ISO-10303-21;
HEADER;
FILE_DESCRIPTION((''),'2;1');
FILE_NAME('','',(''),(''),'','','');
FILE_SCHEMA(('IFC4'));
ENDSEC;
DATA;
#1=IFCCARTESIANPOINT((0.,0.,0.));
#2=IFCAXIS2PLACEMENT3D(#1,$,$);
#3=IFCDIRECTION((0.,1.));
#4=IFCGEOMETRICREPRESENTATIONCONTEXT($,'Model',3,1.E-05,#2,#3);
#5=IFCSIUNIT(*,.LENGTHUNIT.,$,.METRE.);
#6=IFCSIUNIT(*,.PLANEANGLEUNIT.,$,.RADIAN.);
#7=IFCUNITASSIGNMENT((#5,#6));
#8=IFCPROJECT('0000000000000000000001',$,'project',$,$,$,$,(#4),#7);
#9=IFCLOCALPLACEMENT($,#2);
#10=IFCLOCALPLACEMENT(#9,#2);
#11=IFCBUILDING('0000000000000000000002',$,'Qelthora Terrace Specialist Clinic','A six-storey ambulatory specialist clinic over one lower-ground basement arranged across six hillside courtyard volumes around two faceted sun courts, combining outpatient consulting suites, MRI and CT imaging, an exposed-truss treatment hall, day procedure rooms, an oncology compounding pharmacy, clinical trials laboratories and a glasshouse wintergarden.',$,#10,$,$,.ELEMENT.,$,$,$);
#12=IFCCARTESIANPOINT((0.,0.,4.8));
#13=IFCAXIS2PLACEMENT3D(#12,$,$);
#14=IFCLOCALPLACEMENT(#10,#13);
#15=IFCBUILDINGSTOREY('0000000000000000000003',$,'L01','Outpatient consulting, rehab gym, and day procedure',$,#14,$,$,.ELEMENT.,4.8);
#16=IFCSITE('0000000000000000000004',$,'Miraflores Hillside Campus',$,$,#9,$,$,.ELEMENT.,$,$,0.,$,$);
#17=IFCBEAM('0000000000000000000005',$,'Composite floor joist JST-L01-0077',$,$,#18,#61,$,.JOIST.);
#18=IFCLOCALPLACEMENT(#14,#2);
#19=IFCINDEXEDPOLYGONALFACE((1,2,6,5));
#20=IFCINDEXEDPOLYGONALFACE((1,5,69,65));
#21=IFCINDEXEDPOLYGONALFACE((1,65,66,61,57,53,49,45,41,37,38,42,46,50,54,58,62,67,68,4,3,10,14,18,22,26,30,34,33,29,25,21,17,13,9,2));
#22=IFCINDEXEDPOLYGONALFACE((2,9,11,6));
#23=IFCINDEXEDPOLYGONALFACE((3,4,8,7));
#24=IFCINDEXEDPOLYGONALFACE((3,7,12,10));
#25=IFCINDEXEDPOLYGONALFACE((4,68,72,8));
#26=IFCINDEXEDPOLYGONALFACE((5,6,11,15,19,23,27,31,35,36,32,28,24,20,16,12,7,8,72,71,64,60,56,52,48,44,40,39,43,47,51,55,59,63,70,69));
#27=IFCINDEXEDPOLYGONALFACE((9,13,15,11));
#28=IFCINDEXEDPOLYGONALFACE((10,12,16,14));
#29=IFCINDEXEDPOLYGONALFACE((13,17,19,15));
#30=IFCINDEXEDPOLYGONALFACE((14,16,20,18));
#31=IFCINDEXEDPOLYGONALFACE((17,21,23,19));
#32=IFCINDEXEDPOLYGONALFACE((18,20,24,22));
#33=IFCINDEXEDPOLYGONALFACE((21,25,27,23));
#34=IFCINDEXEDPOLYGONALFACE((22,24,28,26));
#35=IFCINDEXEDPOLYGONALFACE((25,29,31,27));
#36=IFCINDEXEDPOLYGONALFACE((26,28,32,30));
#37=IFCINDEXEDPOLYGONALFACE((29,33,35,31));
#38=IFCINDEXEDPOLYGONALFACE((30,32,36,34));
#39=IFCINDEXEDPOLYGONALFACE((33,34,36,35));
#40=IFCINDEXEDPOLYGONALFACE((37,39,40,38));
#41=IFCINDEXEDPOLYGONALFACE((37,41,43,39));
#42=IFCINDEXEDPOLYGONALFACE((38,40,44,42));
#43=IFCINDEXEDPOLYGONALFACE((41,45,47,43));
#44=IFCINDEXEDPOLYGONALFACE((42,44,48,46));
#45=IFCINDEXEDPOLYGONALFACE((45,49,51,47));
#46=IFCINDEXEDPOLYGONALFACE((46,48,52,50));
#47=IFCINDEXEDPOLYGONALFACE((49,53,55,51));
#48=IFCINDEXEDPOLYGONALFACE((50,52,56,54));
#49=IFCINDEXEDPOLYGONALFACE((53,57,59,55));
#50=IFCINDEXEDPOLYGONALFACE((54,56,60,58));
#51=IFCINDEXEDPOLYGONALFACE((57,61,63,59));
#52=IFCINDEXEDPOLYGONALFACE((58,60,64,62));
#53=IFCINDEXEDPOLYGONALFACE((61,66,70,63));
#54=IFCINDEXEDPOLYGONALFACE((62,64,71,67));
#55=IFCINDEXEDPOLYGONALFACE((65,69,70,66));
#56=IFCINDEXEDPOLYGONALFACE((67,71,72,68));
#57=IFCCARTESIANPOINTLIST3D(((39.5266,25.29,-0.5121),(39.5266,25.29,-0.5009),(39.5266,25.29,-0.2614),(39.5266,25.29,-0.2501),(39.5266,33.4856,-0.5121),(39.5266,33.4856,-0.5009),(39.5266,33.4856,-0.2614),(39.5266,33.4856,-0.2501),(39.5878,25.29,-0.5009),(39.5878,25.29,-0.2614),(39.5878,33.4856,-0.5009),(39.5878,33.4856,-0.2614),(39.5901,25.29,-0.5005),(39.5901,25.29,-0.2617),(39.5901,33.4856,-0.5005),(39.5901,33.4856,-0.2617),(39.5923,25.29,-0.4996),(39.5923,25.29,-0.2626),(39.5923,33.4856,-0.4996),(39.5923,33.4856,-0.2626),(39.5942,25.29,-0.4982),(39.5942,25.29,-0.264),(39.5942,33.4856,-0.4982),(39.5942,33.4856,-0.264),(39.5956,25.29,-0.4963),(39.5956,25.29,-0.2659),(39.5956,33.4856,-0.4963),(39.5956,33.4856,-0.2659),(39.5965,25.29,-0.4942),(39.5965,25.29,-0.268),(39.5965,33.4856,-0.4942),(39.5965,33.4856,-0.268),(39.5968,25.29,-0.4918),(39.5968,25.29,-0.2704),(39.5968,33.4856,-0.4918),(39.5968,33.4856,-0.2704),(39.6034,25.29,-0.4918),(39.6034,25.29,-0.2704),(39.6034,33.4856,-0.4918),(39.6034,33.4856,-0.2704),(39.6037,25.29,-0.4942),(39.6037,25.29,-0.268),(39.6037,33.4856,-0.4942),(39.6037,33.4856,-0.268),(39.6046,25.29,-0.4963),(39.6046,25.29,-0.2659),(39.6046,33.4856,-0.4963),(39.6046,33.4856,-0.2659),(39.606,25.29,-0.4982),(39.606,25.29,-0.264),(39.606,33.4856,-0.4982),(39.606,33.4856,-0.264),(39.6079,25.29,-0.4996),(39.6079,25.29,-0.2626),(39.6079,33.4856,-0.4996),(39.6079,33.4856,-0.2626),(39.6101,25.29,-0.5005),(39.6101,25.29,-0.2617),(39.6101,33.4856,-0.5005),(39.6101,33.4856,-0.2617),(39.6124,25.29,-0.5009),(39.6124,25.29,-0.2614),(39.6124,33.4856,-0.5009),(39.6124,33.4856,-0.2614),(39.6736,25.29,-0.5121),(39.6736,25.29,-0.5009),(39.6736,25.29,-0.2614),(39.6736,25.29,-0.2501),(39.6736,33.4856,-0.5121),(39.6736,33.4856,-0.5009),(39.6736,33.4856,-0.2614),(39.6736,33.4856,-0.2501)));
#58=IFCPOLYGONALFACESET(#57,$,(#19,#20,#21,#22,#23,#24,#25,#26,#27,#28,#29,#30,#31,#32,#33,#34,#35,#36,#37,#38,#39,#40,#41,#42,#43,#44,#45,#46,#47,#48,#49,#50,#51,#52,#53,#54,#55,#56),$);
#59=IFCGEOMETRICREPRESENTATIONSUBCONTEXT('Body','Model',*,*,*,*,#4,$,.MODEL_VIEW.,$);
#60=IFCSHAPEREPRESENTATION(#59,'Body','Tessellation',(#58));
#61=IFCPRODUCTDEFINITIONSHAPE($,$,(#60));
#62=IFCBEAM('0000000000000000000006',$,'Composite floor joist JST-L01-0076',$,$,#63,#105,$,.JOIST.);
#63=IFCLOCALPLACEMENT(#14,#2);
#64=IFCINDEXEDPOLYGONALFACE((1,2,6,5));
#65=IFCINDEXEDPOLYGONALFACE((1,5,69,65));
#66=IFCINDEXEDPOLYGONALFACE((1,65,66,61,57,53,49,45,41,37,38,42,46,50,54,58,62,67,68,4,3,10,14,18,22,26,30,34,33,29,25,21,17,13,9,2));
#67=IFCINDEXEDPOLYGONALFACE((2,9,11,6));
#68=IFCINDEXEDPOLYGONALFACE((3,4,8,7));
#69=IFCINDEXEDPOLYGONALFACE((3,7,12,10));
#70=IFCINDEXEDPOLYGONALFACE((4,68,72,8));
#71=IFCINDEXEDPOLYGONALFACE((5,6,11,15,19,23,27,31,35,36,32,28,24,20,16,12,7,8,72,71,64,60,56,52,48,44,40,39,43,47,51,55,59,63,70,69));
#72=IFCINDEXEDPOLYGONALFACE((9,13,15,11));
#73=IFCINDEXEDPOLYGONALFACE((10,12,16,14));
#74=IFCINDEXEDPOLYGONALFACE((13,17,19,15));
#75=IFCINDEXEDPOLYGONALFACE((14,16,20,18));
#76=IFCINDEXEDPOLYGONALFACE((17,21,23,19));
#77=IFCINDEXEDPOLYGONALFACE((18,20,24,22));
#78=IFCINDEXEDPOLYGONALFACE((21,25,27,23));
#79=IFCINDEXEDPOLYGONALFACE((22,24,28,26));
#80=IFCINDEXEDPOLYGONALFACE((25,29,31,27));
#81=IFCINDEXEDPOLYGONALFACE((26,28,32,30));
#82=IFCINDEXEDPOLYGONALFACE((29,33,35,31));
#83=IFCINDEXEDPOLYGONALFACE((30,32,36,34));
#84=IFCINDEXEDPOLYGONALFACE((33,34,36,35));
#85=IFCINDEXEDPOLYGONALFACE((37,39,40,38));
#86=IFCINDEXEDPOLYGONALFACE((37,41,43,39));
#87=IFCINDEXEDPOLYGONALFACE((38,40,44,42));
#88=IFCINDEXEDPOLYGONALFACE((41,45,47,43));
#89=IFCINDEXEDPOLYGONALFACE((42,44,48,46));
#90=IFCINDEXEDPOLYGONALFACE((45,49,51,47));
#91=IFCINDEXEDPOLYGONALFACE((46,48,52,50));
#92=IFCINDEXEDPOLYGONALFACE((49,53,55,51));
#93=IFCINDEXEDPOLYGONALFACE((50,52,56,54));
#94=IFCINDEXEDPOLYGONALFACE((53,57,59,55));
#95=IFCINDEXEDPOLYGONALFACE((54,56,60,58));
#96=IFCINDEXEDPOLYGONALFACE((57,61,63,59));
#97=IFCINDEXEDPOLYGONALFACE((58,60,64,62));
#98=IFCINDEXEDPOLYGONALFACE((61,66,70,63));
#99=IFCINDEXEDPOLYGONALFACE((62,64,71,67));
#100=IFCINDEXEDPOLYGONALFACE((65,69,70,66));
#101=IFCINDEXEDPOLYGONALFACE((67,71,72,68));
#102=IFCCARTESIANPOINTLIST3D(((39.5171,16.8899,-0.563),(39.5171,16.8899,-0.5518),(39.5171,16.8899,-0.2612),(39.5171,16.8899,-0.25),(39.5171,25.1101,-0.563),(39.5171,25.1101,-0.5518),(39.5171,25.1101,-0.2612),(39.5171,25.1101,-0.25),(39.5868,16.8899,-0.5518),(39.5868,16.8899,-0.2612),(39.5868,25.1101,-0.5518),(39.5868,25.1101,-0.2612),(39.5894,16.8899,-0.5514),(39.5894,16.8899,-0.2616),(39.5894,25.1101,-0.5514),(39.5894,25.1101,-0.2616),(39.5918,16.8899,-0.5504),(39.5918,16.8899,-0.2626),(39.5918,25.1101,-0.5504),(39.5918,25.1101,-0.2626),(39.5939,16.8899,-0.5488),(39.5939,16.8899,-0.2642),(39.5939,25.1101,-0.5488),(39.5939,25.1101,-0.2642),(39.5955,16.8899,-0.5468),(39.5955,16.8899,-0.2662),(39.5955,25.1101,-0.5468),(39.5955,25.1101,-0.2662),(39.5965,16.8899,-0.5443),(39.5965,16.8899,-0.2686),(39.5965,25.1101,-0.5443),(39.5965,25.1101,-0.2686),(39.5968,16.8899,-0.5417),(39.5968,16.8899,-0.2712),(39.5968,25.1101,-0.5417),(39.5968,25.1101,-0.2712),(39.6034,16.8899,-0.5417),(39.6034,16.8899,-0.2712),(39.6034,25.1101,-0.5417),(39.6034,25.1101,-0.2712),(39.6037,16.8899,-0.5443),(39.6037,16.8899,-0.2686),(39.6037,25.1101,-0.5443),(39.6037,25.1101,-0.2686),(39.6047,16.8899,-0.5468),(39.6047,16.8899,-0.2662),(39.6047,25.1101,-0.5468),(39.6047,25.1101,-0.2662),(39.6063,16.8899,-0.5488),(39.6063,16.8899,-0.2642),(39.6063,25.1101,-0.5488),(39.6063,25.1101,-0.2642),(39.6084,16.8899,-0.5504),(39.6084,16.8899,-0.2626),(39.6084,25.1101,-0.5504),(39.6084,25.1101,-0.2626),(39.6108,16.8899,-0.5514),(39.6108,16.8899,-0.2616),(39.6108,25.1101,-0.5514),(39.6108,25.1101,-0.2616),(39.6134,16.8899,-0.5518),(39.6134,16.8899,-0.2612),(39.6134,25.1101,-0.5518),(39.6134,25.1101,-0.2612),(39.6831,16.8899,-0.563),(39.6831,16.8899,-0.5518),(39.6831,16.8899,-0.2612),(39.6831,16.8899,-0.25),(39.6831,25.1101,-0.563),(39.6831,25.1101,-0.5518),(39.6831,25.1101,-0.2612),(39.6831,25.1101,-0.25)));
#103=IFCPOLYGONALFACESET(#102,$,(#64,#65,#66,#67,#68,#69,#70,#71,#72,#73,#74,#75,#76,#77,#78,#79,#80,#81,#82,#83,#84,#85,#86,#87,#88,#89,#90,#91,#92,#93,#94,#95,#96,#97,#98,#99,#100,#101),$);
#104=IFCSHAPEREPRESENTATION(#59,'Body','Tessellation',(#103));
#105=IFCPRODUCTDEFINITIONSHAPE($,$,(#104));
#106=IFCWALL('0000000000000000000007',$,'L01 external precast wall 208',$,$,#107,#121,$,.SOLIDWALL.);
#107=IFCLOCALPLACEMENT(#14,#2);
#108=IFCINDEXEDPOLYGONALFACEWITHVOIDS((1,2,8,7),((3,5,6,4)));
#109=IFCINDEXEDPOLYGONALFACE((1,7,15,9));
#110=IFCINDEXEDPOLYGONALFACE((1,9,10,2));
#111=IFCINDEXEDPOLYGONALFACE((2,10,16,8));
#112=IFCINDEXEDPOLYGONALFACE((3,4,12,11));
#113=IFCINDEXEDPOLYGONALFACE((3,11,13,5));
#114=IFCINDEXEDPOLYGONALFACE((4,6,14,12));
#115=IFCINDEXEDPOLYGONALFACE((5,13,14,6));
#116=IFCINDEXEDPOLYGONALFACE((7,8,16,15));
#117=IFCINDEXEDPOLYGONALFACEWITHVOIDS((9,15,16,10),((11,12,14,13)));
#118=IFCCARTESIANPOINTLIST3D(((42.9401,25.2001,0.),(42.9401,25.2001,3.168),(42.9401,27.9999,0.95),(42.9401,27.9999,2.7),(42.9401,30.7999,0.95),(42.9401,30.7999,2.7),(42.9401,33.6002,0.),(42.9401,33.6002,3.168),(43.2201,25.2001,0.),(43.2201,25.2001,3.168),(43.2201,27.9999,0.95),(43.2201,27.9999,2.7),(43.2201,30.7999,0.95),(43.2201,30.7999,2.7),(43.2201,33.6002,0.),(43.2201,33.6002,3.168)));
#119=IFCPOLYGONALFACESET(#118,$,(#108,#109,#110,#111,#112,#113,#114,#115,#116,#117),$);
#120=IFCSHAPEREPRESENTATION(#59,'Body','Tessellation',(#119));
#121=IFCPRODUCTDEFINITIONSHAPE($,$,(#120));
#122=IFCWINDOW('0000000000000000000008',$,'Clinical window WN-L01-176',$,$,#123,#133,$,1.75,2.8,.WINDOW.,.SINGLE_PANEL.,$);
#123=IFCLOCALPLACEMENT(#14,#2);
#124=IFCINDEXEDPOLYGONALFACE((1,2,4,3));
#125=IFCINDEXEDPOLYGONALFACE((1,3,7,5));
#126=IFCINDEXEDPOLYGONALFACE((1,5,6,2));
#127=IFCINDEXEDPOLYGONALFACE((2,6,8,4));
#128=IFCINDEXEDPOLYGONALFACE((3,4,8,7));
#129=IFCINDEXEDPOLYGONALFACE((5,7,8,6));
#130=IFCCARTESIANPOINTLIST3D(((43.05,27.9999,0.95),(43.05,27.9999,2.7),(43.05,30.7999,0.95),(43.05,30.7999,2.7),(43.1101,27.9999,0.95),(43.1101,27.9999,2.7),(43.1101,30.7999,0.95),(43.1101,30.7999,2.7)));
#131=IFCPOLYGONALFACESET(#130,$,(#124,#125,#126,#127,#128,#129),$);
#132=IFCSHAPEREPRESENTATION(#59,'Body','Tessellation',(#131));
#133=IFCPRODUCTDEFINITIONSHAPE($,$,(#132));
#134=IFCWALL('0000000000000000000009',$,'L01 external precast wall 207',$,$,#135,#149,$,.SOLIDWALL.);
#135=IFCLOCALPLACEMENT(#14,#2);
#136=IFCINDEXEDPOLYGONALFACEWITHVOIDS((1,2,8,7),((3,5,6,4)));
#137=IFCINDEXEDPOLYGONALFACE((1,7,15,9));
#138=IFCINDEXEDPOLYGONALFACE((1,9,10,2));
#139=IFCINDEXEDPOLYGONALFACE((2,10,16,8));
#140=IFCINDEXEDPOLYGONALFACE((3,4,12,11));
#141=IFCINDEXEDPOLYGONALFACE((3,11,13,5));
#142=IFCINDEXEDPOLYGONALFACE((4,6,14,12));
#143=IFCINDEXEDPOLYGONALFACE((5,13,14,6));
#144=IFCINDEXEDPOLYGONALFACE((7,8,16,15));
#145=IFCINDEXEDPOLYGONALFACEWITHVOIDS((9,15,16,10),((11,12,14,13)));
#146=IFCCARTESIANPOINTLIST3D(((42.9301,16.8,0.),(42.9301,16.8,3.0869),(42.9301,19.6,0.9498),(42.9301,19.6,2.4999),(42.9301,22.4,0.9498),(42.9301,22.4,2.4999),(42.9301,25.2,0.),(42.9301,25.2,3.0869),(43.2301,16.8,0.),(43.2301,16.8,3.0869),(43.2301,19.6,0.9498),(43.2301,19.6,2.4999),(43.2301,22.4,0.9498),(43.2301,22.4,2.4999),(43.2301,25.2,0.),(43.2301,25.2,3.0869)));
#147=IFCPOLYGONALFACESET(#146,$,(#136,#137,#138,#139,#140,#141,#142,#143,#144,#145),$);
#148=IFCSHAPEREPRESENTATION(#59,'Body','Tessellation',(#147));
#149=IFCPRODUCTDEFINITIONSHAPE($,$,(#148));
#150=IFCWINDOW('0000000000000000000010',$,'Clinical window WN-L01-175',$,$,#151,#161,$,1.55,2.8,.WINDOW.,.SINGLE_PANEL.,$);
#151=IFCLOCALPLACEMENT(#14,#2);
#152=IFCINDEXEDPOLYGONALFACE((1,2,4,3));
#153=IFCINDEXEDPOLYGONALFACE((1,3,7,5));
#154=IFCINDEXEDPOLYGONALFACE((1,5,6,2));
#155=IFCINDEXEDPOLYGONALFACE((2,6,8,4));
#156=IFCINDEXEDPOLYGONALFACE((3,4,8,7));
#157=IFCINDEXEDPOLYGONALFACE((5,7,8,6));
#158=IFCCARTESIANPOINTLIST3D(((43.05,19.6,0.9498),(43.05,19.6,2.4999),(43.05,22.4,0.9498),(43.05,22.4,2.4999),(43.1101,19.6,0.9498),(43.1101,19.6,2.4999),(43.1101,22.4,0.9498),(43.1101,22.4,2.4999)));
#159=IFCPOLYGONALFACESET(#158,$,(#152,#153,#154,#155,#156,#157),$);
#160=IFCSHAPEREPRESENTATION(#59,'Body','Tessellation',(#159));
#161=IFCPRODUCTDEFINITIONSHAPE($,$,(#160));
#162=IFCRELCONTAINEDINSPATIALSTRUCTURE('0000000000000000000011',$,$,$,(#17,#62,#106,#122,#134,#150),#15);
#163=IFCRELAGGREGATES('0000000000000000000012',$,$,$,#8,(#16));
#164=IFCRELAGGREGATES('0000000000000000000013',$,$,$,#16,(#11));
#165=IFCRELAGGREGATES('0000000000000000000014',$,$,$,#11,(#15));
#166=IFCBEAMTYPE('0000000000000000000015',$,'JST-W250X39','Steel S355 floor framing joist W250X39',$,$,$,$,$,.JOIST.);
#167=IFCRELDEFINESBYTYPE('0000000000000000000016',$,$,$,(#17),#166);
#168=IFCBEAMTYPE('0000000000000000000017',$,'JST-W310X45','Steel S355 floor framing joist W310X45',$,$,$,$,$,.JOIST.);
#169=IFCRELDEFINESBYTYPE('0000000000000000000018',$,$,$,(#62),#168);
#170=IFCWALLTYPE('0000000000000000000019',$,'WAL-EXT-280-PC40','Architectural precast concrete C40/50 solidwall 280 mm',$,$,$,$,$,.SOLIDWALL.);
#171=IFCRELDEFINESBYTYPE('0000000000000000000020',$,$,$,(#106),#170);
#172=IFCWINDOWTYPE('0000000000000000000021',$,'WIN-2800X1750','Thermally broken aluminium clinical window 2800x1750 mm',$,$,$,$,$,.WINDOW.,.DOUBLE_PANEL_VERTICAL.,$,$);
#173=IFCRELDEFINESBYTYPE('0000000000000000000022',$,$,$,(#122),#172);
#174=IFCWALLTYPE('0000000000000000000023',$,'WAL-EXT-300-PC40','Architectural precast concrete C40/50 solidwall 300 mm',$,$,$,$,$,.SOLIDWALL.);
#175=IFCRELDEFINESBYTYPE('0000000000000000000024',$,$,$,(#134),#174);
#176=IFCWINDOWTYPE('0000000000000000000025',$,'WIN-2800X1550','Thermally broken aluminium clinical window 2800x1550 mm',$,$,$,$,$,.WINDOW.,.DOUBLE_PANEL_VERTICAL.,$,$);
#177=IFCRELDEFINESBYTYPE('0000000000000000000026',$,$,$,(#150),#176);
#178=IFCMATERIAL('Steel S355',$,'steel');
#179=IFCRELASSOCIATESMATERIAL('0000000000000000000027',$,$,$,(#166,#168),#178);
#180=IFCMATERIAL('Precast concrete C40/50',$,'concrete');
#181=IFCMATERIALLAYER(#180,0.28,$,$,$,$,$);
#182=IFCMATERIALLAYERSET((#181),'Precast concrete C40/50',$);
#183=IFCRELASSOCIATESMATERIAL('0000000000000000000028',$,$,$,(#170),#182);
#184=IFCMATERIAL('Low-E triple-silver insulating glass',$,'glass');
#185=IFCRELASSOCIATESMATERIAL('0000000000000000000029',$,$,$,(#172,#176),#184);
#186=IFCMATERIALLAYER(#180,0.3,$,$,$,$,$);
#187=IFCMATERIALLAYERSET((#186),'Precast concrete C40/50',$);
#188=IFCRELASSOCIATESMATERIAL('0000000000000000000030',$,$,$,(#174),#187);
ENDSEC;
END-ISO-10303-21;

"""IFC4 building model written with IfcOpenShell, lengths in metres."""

from ifc_helpers import new_model, si_unit, direction, frame, frame_2d, origin, origin_2d, place, context, subcontext, project, spatial, rectangle, i_section, extrude, material, layer, layer_set, material_profile, profile_set, type_object, element, fill, save


model = new_model("IFC4")

# Units and contexts
model_context = context("Model", 3, precision=1e-05, world=origin(), true_north=direction((0.0, 1.0)))
body_context = subcontext(model_context, "Body", "Model", "MODEL_VIEW")
ifc_project = project(units=[si_unit("LENGTHUNIT", "METRE"), si_unit("PLANEANGLEUNIT", "RADIAN")], contexts=[model_context])

# Site, building, storey
site_placement = place(None, origin())
site = spatial("IfcSite", under=ifc_project, at=site_placement, Name="Miraflores Hillside Campus", CompositionType="ELEMENT", RefElevation=0.0)
building_placement = place(site_placement, origin())
building = spatial("IfcBuilding", under=site, at=building_placement, Name="Qelthora Terrace Specialist Clinic", Description="A six-storey ambulatory specialist clinic over one lower-ground basement arranged across six hillside courtyard volumes around two faceted sun courts, combining outpatient consulting suites, MRI and CT imaging, an exposed-truss treatment hall, day procedure rooms, an oncology compounding pharmacy, clinical trials laboratories and a glasshouse wintergarden.", CompositionType="ELEMENT")
storey_placement = place(building_placement, frame((0.0, 0.0, 4.8)))
storey = spatial("IfcBuildingStorey", under=building, at=storey_placement, Name="L01", Description="Outpatient consulting, rehab gym, and day procedure", CompositionType="ELEMENT", Elevation=4.8)

# Shared definitions
ifc_material_1 = material(Name="Steel S355", Category="steel")

# Beams
ifc_material_profile_1 = material_profile(ifc_material_1, i_section(OverallWidth=0.147, OverallDepth=0.262, WebThickness=0.0066, FlangeThickness=0.0112, FilletRadius=0.009, at=origin_2d()), Name="W250X39")
ifc_profile_set_1 = profile_set([ifc_material_profile_1], Name="Steel S355")
beam_type_1 = type_object("IfcBeamType", Name="JST-W250X39", Description="Steel S355 floor framing joist W250X39", PredefinedType="JOIST", material=ifc_profile_set_1)
beam_1_placement = place(storey_placement, frame((39.6001, 25.29, -0.3811), z_axis=(0.0, 1.0, 0.0), x_axis=(-1.0, 0.0, 0.0)))
element("IfcBeam", 1, at=beam_1_placement, inside=storey, type_object=beam_type_1, Name="Composite floor joist JST-L01-0077", PredefinedType="JOIST", context=body_context, shape_type="SweptSolid", body=[
    extrude(i_section(OverallWidth=0.147, OverallDepth=0.262, WebThickness=0.0066, FlangeThickness=0.0112, FilletRadius=0.009, at=origin_2d()), origin(), (0.0, 0.0, 1.0), 8.1956),
])
ifc_material_profile_2 = material_profile(ifc_material_1, i_section(OverallWidth=0.166, OverallDepth=0.313, WebThickness=0.0066, FlangeThickness=0.0112, FilletRadius=0.01, at=origin_2d()), Name="W310X45")
ifc_profile_set_2 = profile_set([ifc_material_profile_2], Name="Steel S355")
beam_type_2 = type_object("IfcBeamType", Name="JST-W310X45", Description="Steel S355 floor framing joist W310X45", PredefinedType="JOIST", material=ifc_profile_set_2)
beam_2_placement = place(storey_placement, frame((39.6001, 16.8899, -0.4065), z_axis=(0.0, 1.0, 0.0), x_axis=(-1.0, 0.0, 0.0)))
element("IfcBeam", 2, at=beam_2_placement, inside=storey, type_object=beam_type_2, Name="Composite floor joist JST-L01-0076", PredefinedType="JOIST", context=body_context, shape_type="SweptSolid", body=[
    extrude(i_section(OverallWidth=0.166, OverallDepth=0.313, WebThickness=0.0066, FlangeThickness=0.0112, FilletRadius=0.01, at=origin_2d()), origin(), (0.0, 0.0, 1.0), 8.2202),
])

# Walls, openings, windows
ifc_material_2 = material(Name="Precast concrete C40/50", Category="concrete")
ifc_layer_1 = layer(ifc_material_2, 0.28)
ifc_layer_set_1 = layer_set([ifc_layer_1], Name="Precast concrete C40/50")
wall_type_1 = type_object("IfcWallType", Name="WAL-EXT-280-PC40", Description="Architectural precast concrete C40/50 solidwall 280 mm", PredefinedType="SOLIDWALL", material=ifc_layer_set_1)
wall_1_placement = place(storey_placement, frame((43.0801, 25.2, 0.0), z_axis=(0.0, 0.0, 1.0), x_axis=(0.0, 1.0, 0.0)))
wall_1 = element("IfcWall", 3, at=wall_1_placement, inside=storey, type_object=wall_type_1, Name="L01 external precast wall 208", PredefinedType="SOLIDWALL", context=body_context, shape_type="SweptSolid", body=[
    extrude(rectangle(XDim=8.4001, YDim=0.28, at=frame_2d((4.2002, 0.0))), origin(), (0.0, 0.0, 1.0), 3.168),
])
opening_1_placement = place(wall_1_placement, frame((2.8, 0.0, 0.95)))
opening_1 = element("IfcOpeningElement", 4, at=opening_1_placement, cuts=wall_1, PredefinedType="OPENING", context=body_context, shape_type="SweptSolid", body=[
    extrude(rectangle(XDim=2.8, YDim=1.75, at=frame_2d((1.3999, 0.875))), frame((0.0, 0.1499, 0.0), z_axis=(0.0, -1.0, 0.0), x_axis=(1.0, 0.0, 0.0)), (0.0, 0.0, 1.0), 0.3),
])
ifc_material_3 = material(Name="Low-E triple-silver insulating glass", Category="glass")
window_type_1 = type_object("IfcWindowType", Name="WIN-2800X1750", Description="Thermally broken aluminium clinical window 2800x1750 mm", PartitioningType="DOUBLE_PANEL_VERTICAL", PredefinedType="WINDOW", material=ifc_material_3)
window_1_placement = place(opening_1_placement, origin())
window_1 = element("IfcWindow", 5, at=window_1_placement, inside=storey, type_object=window_type_1, Name="Clinical window WN-L01-176", OverallHeight=1.75, OverallWidth=2.8, PartitioningType="SINGLE_PANEL", PredefinedType="WINDOW", context=body_context, shape_type="SweptSolid", body=[
    extrude(rectangle(XDim=2.8, YDim=1.75, at=frame_2d((1.3999, 0.875))), frame((0.0, 0.03, 0.0), z_axis=(0.0, -1.0, 0.0), x_axis=(1.0, 0.0, 0.0)), (0.0, 0.0, 1.0), 0.0601),
])
fill(opening_1, window_1)
ifc_layer_2 = layer(ifc_material_2, 0.3)
ifc_layer_set_2 = layer_set([ifc_layer_2], Name="Precast concrete C40/50")
wall_type_2 = type_object("IfcWallType", Name="WAL-EXT-300-PC40", Description="Architectural precast concrete C40/50 solidwall 300 mm", PredefinedType="SOLIDWALL", material=ifc_layer_set_2)
wall_2_placement = place(storey_placement, frame((43.0801, 16.8, 0.0), z_axis=(0.0, 0.0, 1.0), x_axis=(0.0, 1.0, 0.0)))
wall_2 = element("IfcWall", 6, at=wall_2_placement, inside=storey, type_object=wall_type_2, Name="L01 external precast wall 207", PredefinedType="SOLIDWALL", context=body_context, shape_type="SweptSolid", body=[
    extrude(rectangle(XDim=8.3999, YDim=0.3, at=frame_2d((4.2, 0.0))), origin(), (0.0, 0.0, 1.0), 3.0869),
])
opening_2_placement = place(wall_2_placement, frame((2.8, 0.0, 0.95)))
opening_2 = element("IfcOpeningElement", 7, at=opening_2_placement, cuts=wall_2, PredefinedType="OPENING", context=body_context, shape_type="SweptSolid", body=[
    extrude(rectangle(XDim=2.8, YDim=1.55, at=frame_2d((1.3999, 0.7749))), frame((0.0, 0.1599, 0.0), z_axis=(0.0, -1.0, 0.0), x_axis=(1.0, 0.0, 0.0)), (0.0, 0.0, 1.0), 0.3201),
])
window_type_2 = type_object("IfcWindowType", Name="WIN-2800X1550", Description="Thermally broken aluminium clinical window 2800x1550 mm", PartitioningType="DOUBLE_PANEL_VERTICAL", PredefinedType="WINDOW", material=ifc_material_3)
window_2_placement = place(opening_2_placement, origin())
window_2 = element("IfcWindow", 8, at=window_2_placement, inside=storey, type_object=window_type_2, Name="Clinical window WN-L01-175", OverallHeight=1.55, OverallWidth=2.8, PartitioningType="SINGLE_PANEL", PredefinedType="WINDOW", context=body_context, shape_type="SweptSolid", body=[
    extrude(rectangle(XDim=2.8, YDim=1.55, at=frame_2d((1.3999, 0.7749))), frame((0.0, 0.03, 0.0), z_axis=(0.0, -1.0, 0.0), x_axis=(1.0, 0.0, 0.0)), (0.0, 0.0, 1.0), 0.0601),
])
fill(opening_2, window_2)

save(model, "model.ifc")
